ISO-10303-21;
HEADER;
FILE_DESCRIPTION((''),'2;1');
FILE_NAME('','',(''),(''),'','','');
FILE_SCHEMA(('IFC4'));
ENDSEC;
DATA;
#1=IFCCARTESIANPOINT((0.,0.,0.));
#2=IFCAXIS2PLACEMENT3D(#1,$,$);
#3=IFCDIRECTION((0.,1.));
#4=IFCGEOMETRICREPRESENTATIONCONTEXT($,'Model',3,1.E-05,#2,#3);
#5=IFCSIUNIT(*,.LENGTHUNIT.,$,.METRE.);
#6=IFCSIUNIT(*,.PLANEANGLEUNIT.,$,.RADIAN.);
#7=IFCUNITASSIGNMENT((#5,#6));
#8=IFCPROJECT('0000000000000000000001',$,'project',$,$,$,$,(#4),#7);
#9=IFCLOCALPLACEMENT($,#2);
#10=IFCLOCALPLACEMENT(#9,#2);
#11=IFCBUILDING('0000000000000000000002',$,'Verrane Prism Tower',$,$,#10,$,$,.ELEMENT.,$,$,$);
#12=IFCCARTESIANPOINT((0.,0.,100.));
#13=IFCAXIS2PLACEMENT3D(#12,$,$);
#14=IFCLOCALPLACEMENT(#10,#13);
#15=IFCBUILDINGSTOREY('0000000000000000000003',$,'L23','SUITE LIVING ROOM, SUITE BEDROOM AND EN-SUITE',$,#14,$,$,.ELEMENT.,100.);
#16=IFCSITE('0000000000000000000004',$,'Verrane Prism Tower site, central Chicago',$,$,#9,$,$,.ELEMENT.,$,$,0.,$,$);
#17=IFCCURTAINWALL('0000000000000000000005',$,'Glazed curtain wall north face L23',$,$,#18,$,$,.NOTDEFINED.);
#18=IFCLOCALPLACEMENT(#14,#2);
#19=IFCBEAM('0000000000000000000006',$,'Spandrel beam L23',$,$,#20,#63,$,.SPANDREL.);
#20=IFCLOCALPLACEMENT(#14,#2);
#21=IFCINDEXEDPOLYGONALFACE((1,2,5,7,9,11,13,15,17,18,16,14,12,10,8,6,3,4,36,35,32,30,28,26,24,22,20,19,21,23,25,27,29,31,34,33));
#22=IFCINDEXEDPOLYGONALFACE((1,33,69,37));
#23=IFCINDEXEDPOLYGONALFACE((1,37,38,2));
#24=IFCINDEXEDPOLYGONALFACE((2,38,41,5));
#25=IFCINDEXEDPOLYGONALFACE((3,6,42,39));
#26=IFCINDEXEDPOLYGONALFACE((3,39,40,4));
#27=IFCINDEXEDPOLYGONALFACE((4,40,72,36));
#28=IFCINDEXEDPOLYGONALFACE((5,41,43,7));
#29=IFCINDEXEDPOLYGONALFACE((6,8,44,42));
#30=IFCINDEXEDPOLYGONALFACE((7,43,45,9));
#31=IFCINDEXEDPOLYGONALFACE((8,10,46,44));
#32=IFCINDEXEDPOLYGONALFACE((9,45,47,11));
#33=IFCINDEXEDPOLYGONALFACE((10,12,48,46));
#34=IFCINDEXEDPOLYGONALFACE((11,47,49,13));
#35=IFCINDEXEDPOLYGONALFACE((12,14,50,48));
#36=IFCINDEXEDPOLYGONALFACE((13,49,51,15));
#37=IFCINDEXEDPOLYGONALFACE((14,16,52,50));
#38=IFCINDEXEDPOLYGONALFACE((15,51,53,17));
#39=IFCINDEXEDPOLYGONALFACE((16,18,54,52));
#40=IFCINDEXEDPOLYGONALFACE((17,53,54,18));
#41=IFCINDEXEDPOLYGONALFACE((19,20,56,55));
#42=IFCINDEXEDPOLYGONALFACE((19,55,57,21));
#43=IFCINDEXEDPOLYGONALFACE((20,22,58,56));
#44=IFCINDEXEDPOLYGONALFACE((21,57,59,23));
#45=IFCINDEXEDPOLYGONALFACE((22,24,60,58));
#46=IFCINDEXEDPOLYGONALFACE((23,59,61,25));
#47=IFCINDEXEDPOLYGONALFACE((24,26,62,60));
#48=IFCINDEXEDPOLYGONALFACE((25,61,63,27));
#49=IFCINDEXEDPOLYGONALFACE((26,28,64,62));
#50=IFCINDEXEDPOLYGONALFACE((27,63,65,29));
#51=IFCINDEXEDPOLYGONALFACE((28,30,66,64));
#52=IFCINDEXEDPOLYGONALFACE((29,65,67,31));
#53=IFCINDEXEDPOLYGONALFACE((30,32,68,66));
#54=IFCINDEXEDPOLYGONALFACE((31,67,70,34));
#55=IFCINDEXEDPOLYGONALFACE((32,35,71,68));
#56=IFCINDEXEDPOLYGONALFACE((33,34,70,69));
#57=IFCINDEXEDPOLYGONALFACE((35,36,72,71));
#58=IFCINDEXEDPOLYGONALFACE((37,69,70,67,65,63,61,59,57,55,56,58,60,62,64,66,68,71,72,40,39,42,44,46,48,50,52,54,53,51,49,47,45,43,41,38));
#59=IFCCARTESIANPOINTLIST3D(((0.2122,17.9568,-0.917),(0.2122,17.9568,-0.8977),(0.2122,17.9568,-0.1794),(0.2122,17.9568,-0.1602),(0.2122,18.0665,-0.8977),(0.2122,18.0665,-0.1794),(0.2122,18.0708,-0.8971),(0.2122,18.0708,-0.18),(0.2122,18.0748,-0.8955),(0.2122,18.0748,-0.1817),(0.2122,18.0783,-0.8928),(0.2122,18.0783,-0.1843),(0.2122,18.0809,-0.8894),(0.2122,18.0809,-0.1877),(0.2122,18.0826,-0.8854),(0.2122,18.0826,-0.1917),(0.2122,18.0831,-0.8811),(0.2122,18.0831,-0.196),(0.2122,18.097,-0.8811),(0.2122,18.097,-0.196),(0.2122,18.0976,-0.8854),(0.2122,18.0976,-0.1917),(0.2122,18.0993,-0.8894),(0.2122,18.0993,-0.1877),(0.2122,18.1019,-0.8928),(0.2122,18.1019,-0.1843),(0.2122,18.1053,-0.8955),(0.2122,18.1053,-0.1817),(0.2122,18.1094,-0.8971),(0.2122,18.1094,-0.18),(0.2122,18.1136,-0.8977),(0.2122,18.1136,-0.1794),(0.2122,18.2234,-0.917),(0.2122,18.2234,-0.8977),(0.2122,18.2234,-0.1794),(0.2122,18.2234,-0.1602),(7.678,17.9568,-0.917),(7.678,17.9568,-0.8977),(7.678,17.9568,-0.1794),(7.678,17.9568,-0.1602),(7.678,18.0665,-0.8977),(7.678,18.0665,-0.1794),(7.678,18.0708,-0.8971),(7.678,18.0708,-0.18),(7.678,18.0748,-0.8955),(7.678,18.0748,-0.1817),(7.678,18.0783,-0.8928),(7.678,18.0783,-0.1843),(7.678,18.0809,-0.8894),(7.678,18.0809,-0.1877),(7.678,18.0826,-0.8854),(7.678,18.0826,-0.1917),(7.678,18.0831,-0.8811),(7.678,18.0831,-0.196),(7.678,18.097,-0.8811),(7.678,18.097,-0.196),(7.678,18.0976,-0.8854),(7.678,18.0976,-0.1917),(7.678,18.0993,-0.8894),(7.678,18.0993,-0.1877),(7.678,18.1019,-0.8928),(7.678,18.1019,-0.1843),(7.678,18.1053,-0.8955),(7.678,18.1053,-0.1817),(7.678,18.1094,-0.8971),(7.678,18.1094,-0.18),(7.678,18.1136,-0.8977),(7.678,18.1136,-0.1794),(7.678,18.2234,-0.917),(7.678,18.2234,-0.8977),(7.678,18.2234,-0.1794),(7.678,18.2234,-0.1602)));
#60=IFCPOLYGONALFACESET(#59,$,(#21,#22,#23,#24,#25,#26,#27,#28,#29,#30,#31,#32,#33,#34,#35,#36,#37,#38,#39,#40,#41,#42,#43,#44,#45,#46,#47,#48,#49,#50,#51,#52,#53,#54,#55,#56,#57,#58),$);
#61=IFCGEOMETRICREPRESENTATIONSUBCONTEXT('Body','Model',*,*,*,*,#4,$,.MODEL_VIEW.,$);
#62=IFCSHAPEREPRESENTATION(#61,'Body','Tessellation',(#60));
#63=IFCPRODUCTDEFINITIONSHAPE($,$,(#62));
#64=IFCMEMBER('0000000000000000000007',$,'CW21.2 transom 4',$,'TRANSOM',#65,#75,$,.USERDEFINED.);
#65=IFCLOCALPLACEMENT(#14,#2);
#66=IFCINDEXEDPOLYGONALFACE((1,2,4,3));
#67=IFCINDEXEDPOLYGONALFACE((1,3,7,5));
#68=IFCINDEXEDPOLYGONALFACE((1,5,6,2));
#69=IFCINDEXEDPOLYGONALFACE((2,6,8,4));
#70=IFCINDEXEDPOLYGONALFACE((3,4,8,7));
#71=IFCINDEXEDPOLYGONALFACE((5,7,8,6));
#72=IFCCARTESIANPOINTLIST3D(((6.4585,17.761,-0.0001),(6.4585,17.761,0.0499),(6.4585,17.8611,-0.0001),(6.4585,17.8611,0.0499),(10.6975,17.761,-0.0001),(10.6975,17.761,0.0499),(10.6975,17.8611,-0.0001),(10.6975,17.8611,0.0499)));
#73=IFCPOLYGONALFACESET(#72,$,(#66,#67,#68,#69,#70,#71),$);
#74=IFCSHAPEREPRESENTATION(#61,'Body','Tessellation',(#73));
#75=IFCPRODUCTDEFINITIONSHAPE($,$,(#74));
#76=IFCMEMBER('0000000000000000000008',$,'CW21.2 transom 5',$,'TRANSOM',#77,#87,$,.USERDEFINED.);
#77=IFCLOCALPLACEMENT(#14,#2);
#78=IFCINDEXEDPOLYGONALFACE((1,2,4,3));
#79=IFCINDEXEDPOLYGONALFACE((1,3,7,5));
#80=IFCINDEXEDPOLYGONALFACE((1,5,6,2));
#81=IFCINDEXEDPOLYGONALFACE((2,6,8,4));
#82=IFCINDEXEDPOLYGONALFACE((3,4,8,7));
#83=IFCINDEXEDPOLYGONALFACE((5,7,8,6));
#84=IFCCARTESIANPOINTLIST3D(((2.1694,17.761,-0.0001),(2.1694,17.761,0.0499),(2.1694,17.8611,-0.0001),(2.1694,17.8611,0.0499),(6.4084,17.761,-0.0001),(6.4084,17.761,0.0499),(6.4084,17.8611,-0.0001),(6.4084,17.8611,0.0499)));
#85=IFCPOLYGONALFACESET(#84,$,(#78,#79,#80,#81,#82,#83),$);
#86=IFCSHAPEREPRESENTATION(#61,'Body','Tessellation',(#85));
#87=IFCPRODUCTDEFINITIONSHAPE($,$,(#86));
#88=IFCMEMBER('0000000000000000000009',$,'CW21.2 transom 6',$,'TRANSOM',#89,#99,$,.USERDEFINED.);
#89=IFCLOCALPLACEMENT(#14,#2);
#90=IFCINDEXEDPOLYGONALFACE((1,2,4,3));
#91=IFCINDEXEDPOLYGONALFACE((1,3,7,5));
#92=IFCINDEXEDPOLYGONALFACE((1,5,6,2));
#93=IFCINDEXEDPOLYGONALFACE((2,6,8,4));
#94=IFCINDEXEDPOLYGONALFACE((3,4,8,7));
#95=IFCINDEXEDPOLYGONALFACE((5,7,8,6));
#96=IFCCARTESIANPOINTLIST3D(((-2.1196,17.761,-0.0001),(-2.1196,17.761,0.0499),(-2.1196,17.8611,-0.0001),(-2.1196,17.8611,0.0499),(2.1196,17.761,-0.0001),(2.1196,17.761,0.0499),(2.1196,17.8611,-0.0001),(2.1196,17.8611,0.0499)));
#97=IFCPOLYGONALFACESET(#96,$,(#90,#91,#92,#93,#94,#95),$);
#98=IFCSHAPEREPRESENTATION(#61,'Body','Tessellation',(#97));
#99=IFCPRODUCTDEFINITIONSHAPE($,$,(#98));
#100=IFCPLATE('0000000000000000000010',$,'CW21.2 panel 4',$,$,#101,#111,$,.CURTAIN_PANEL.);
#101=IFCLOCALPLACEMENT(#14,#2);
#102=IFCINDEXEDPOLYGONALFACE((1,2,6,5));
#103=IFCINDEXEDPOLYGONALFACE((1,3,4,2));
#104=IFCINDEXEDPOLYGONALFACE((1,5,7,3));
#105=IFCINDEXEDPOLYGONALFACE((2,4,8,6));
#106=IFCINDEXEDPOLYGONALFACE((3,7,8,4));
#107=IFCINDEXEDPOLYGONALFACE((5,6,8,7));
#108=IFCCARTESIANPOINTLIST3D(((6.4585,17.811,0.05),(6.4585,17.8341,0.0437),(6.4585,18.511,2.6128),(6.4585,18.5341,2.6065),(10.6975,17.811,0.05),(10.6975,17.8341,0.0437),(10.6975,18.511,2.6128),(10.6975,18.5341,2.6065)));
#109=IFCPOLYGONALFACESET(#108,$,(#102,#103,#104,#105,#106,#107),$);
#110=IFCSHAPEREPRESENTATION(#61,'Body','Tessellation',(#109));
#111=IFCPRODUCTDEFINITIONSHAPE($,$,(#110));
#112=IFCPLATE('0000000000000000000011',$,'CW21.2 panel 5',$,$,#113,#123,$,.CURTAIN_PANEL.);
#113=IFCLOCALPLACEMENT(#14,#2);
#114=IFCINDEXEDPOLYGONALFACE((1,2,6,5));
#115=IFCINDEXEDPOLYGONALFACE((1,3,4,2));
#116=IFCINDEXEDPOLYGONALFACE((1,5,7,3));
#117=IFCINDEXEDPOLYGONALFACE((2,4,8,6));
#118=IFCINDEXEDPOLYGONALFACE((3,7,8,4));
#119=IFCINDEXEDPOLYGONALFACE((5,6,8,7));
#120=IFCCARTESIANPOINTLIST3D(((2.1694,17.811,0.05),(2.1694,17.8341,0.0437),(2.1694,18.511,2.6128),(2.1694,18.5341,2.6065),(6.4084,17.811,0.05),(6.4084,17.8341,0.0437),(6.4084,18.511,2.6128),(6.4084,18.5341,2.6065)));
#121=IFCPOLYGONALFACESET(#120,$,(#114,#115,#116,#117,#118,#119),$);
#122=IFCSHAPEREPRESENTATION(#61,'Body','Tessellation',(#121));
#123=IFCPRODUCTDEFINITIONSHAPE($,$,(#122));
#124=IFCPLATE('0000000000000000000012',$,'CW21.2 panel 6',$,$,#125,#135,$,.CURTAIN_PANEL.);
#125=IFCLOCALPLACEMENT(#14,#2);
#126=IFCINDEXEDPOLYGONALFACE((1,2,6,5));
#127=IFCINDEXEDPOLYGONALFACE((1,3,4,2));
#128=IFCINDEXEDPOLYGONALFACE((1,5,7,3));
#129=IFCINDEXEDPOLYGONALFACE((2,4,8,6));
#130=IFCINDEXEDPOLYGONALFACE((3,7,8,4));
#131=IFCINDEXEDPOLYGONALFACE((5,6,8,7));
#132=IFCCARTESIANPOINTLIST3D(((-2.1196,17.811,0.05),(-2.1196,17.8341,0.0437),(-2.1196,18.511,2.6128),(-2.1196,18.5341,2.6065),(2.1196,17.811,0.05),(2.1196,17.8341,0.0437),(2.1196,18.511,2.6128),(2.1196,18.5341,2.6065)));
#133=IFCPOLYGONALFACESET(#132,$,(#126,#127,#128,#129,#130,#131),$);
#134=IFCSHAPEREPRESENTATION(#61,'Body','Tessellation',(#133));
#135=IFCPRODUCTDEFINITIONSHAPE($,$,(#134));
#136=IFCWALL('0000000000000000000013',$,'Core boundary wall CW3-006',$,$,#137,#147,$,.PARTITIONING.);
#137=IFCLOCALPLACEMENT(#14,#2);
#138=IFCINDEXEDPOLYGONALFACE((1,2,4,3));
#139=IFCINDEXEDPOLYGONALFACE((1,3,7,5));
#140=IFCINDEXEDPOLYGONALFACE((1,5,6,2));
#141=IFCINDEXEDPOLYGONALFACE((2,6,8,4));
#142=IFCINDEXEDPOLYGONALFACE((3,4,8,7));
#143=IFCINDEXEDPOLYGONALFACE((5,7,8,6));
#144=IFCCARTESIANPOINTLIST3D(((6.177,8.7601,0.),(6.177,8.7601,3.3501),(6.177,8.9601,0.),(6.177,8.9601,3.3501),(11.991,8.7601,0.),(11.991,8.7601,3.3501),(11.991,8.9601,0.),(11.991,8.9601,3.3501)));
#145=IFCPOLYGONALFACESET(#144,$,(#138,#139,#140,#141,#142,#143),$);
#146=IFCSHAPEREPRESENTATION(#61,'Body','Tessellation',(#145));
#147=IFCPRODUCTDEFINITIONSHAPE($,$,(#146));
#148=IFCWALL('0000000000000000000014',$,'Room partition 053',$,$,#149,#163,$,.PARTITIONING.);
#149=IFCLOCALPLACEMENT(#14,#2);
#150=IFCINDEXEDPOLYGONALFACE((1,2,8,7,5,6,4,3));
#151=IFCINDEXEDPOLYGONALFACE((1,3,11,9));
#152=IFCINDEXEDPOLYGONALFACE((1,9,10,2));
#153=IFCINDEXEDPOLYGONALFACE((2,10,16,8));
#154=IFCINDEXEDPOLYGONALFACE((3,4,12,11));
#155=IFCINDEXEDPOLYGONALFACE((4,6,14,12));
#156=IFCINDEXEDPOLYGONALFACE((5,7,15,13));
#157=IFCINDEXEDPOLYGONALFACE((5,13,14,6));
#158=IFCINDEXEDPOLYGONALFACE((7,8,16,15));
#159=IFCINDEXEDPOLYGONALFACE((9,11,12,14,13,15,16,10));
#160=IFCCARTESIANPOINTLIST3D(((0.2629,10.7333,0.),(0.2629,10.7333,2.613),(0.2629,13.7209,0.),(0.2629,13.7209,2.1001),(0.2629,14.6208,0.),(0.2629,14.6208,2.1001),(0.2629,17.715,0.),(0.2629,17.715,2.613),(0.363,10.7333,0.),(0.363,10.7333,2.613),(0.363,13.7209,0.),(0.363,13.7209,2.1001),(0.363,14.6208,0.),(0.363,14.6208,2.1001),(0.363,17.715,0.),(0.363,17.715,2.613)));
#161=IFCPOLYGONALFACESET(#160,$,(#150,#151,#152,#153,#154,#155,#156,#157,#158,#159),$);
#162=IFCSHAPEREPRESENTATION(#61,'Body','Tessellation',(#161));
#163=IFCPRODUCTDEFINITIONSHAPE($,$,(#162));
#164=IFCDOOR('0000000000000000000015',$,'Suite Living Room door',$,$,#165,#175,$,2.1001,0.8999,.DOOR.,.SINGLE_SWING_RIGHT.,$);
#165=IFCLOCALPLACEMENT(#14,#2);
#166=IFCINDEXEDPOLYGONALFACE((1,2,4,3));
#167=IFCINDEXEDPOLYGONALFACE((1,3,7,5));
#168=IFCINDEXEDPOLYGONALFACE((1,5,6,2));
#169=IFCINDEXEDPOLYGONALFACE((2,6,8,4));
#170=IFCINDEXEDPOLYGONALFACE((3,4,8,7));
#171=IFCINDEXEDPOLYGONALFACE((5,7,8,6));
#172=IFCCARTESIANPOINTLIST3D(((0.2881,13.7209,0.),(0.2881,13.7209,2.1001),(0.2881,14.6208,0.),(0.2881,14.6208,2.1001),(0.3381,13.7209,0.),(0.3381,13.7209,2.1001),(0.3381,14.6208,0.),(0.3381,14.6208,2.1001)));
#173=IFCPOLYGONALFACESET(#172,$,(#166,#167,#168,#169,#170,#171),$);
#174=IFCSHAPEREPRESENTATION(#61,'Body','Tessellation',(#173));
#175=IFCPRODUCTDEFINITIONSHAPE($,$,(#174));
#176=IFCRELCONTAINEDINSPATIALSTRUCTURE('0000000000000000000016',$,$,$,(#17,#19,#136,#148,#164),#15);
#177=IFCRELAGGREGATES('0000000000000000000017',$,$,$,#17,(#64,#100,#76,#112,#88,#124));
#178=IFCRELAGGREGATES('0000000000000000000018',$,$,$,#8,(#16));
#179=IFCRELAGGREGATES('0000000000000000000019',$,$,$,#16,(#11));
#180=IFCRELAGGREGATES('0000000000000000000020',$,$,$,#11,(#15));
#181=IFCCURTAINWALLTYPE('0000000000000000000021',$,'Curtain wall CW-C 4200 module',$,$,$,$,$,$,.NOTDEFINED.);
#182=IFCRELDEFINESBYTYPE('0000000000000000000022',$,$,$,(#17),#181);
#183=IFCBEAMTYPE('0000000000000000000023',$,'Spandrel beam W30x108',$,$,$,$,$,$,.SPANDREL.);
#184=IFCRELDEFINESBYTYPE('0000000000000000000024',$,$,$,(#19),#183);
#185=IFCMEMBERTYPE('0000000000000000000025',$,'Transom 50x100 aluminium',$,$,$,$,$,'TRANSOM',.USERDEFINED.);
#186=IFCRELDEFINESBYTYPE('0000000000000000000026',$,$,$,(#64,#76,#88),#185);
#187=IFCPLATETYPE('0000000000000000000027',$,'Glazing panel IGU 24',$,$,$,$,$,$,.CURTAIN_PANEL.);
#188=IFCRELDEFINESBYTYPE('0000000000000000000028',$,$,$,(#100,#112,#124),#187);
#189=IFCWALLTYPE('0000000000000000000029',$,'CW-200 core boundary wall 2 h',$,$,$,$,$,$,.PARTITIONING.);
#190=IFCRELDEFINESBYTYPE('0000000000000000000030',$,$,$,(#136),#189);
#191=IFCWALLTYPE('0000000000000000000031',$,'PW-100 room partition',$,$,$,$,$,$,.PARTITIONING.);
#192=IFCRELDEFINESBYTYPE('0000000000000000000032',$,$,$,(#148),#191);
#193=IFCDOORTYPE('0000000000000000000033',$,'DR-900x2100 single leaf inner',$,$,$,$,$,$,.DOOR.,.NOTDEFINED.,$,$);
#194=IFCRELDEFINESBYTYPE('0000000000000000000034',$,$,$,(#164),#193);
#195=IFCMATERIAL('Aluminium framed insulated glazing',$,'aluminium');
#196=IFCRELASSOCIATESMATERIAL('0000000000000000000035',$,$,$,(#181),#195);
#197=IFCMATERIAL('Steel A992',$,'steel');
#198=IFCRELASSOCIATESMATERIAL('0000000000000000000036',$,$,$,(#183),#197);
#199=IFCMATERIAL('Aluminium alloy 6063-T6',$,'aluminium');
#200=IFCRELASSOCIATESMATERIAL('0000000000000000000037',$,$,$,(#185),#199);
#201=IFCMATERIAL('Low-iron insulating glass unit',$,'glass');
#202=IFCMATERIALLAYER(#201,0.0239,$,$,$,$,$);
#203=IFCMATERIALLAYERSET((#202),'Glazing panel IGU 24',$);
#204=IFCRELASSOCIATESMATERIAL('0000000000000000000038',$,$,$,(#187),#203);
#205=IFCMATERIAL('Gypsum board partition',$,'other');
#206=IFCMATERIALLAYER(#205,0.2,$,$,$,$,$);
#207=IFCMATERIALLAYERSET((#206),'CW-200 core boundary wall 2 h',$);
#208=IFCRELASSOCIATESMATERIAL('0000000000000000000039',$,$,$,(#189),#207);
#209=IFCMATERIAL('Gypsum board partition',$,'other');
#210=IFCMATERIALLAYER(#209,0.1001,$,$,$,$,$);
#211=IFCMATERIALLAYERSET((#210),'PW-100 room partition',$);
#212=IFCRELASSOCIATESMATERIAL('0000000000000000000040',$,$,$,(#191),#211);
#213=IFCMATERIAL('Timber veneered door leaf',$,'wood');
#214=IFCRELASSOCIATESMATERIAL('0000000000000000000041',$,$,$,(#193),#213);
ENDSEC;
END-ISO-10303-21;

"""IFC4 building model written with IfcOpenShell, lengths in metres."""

from ifc_helpers import new_model, si_unit, direction, frame, frame_2d, origin, origin_2d, place, context, subcontext, project, spatial, polyline, rectangle, i_section, outline, extrude, material, layer, layer_set, material_profile, profile_set, type_object, element, fill, aggregate, save


model = new_model("IFC4")

# Units and contexts
model_context = context("Model", 3, precision=1e-05, world=origin(), true_north=direction((0.0, 1.0)))
body_context = subcontext(model_context, "Body", "Model", "MODEL_VIEW")
ifc_project = project(units=[si_unit("LENGTHUNIT", "METRE"), si_unit("PLANEANGLEUNIT", "RADIAN")], contexts=[model_context])

# Site, building, storey
site_placement = place(None, origin())
site = spatial("IfcSite", under=ifc_project, at=site_placement, Name="Verrane Prism Tower site, central Chicago", CompositionType="ELEMENT", RefElevation=0.0)
building_placement = place(site_placement, origin())
building = spatial("IfcBuilding", under=site, at=building_placement, Name="Verrane Prism Tower", CompositionType="ELEMENT")
storey_placement = place(building_placement, frame((0.0, 0.0, 100.0)))
storey = spatial("IfcBuildingStorey", under=building, at=storey_placement, Name="L23", Description="SUITE LIVING ROOM, SUITE BEDROOM AND EN-SUITE", CompositionType="ELEMENT", Elevation=100.0)

# Curtain wall
ifc_material_1 = material(Name="Aluminium framed insulated glazing", Category="aluminium")
curtain_wall_type = type_object("IfcCurtainWallType", Name="Curtain wall CW-C 4200 module", PredefinedType="NOTDEFINED", material=ifc_material_1)
curtain_wall_placement = place(storey_placement, origin())
curtain_wall = element("IfcCurtainWall", 1, at=curtain_wall_placement, inside=storey, type_object=curtain_wall_type, Name="Glazed curtain wall north face L23", PredefinedType="NOTDEFINED")

# Beam
ifc_material_2 = material(Name="Steel A992", Category="steel")
ifc_material_profile_1 = material_profile(ifc_material_2, i_section(OverallWidth=0.2666, OverallDepth=0.7568, WebThickness=0.0139, FlangeThickness=0.0193, FilletRadius=0.0166, at=origin_2d()), Name="W30x108")
ifc_profile_set_1 = profile_set([ifc_material_profile_1], Name="Steel A992")
beam_type_1 = type_object("IfcBeamType", Name="Spandrel beam W30x108", PredefinedType="SPANDREL", material=ifc_profile_set_1)
beam_1_placement = place(storey_placement, frame((7.678, 18.0901, -0.5386), z_axis=(-1.0, 0.0, 0.0), x_axis=(0.0, -1.0, 0.0)))
element("IfcBeam", 2, at=beam_1_placement, inside=storey, type_object=beam_type_1, Name="Spandrel beam L23", PredefinedType="SPANDREL", context=body_context, shape_type="SweptSolid", body=[
    extrude(i_section(OverallWidth=0.2666, OverallDepth=0.7568, WebThickness=0.0139, FlangeThickness=0.0193, FilletRadius=0.0166, at=origin_2d()), origin(), (0.0, 0.0, 1.0), 7.4658),
])

# Members
ifc_material_3 = material(Name="Aluminium alloy 6063-T6", Category="aluminium")
ifc_material_profile_2 = material_profile(ifc_material_3, rectangle(XDim=0.1001, YDim=0.05, at=origin_2d()), Name="Transom 50x100 aluminium")
ifc_profile_set_2 = profile_set([ifc_material_profile_2], Name="Aluminium alloy 6063-T6")
member_type_1 = type_object("IfcMemberType", Name="Transom 50x100 aluminium", ElementType="TRANSOM", PredefinedType="USERDEFINED", material=ifc_profile_set_2)
member_1_placement = place(storey_placement, frame((10.6975, 17.811, 0.0249), z_axis=(-1.0, 0.0, 0.0), x_axis=(0.0, -1.0, 0.0)))
member_1 = element("IfcMember", 3, at=member_1_placement, type_object=member_type_1, Name="CW21.2 transom 4", ObjectType="TRANSOM", PredefinedType="USERDEFINED", context=body_context, shape_type="SweptSolid", body=[
    extrude(rectangle(XDim=0.1001, YDim=0.05, at=origin_2d()), origin(), (0.0, 0.0, 1.0), 4.239),
])
member_2_placement = place(storey_placement, frame((6.4084, 17.811, 0.0249), z_axis=(-1.0, 0.0, 0.0), x_axis=(0.0, -1.0, 0.0)))
member_2 = element("IfcMember", 4, at=member_2_placement, type_object=member_type_1, Name="CW21.2 transom 5", ObjectType="TRANSOM", PredefinedType="USERDEFINED", context=body_context, shape_type="SweptSolid", body=[
    extrude(rectangle(XDim=0.1001, YDim=0.05, at=origin_2d()), origin(), (0.0, 0.0, 1.0), 4.239),
])
member_3_placement = place(storey_placement, frame((2.1196, 17.811, 0.0249), z_axis=(-1.0, 0.0, 0.0), x_axis=(0.0, -1.0, 0.0)))
member_3 = element("IfcMember", 5, at=member_3_placement, type_object=member_type_1, Name="CW21.2 transom 6", ObjectType="TRANSOM", PredefinedType="USERDEFINED", context=body_context, shape_type="SweptSolid", body=[
    extrude(rectangle(XDim=0.1001, YDim=0.05, at=origin_2d()), origin(), (0.0, 0.0, 1.0), 4.2393),
])

# Plates
ifc_material_4 = material(Name="Low-iron insulating glass unit", Category="glass")
ifc_layer_1 = layer(ifc_material_4, 0.0239)
ifc_layer_set_1 = layer_set([ifc_layer_1], Name="Glazing panel IGU 24")
plate_type = type_object("IfcPlateType", Name="Glazing panel IGU 24", PredefinedType="CURTAIN_PANEL", material=ifc_layer_set_1)
plate_1_placement = place(storey_placement, frame((10.6975, 17.811, 0.05), z_axis=(0.0, -0.964666, 0.263475), x_axis=(-1.0, 0.0, 0.0)))
plate_1 = element("IfcPlate", 6, at=plate_1_placement, type_object=plate_type, Name="CW21.2 panel 4", PredefinedType="CURTAIN_PANEL", context=body_context, shape_type="SweptSolid", body=[
    extrude(outline(polyline([(0.0, 0.0), (4.239, 0.0), (4.239, -2.6566), (0.0, -2.6566), (0.0, 0.0)])), origin(), (0.0, 0.0, -1.0), 0.0239),
])
plate_2_placement = place(storey_placement, frame((6.4084, 17.811, 0.05), z_axis=(0.0, -0.964666, 0.263475), x_axis=(-1.0, 0.0, 0.0)))
plate_2 = element("IfcPlate", 7, at=plate_2_placement, type_object=plate_type, Name="CW21.2 panel 5", PredefinedType="CURTAIN_PANEL", context=body_context, shape_type="SweptSolid", body=[
    extrude(outline(polyline([(0.0, 0.0), (4.239, 0.0), (4.239, -2.6566), (0.0, -2.6566), (0.0, 0.0)])), origin(), (0.0, 0.0, -1.0), 0.0239),
])
plate_3_placement = place(storey_placement, frame((2.1196, 17.811, 0.05), z_axis=(0.0, -0.964666, 0.263475), x_axis=(-1.0, 0.0, 0.0)))
plate_3 = element("IfcPlate", 8, at=plate_3_placement, type_object=plate_type, Name="CW21.2 panel 6", PredefinedType="CURTAIN_PANEL", context=body_context, shape_type="SweptSolid", body=[
    extrude(outline(polyline([(0.0, 0.0), (4.2393, 0.0), (4.2393, -2.6566), (0.0, -2.6566), (0.0, 0.0)])), origin(), (0.0, 0.0, -1.0), 0.0239),
])
aggregate(curtain_wall, [member_1, plate_1, member_2, plate_2, member_3, plate_3])

# Wall
ifc_material_5 = material(Name="Gypsum board partition", Category="other")
ifc_layer_2 = layer(ifc_material_5, 0.2)
ifc_layer_set_2 = layer_set([ifc_layer_2], Name="CW-200 core boundary wall 2 h")
wall_type_1 = type_object("IfcWallType", Name="CW-200 core boundary wall 2 h", PredefinedType="PARTITIONING", material=ifc_layer_set_2)
wall_1_placement = place(storey_placement, frame((6.177, 8.8601, 0.0), z_axis=(0.0, 0.0, 1.0), x_axis=(1.0, 0.0, 0.0)))
element("IfcWall", 9, at=wall_1_placement, inside=storey, type_object=wall_type_1, Name="Core boundary wall CW3-006", PredefinedType="PARTITIONING", context=body_context, shape_type="SweptSolid", body=[
    extrude(rectangle(XDim=5.814, YDim=0.2, at=frame_2d((2.907, 0.0))), origin(), (0.0, 0.0, 1.0), 3.3501),
])

# Wall, opening, door
ifc_material_6 = material(Name="Gypsum board partition", Category="other")
ifc_layer_3 = layer(ifc_material_6, 0.1001)
ifc_layer_set_3 = layer_set([ifc_layer_3], Name="PW-100 room partition")
wall_type_2 = type_object("IfcWallType", Name="PW-100 room partition", PredefinedType="PARTITIONING", material=ifc_layer_set_3)
wall_2_placement = place(storey_placement, frame((0.313, 10.7334, 0.0), z_axis=(0.0, 0.0, 1.0), x_axis=(0.0, 1.0, 0.0)))
wall_2 = element("IfcWall", 10, at=wall_2_placement, inside=storey, type_object=wall_type_2, Name="Room partition 053", PredefinedType="PARTITIONING", context=body_context, shape_type="SweptSolid", body=[
    extrude(rectangle(XDim=6.9817, YDim=0.1001, at=frame_2d((3.4907, 0.0))), origin(), (0.0, 0.0, 1.0), 2.613),
])
opening_1_placement = place(wall_2_placement, frame((2.9875, 0.0, 0.0)))
opening_1 = element("IfcOpeningElement", 11, at=opening_1_placement, cuts=wall_2, PredefinedType="OPENING", context=body_context, shape_type="SweptSolid", body=[
    extrude(rectangle(XDim=0.8999, YDim=2.1001, at=frame_2d((0.45, 1.05))), frame((0.0, 0.0601, 0.0), z_axis=(0.0, -1.0, 0.0), x_axis=(1.0, 0.0, 0.0)), (0.0, 0.0, 1.0), 0.1201),
])
ifc_material_7 = material(Name="Timber veneered door leaf", Category="wood")
door_type_1 = type_object("IfcDoorType", Name="DR-900x2100 single leaf inner", OperationType="NOTDEFINED", PredefinedType="DOOR", material=ifc_material_7)
door_1_placement = place(opening_1_placement, origin())
door_1 = element("IfcDoor", 12, at=door_1_placement, inside=storey, type_object=door_type_1, Name="Suite Living Room door", OperationType="SINGLE_SWING_RIGHT", OverallHeight=2.1001, OverallWidth=0.8999, PredefinedType="DOOR", context=body_context, shape_type="SweptSolid", body=[
    extrude(rectangle(XDim=0.8999, YDim=2.1001, at=frame_2d((0.45, 1.05))), frame((0.0, 0.0249, 0.0), z_axis=(0.0, -1.0, 0.0), x_axis=(1.0, 0.0, 0.0)), (0.0, 0.0, 1.0), 0.05),
])
fill(opening_1, door_1)

save(model, "model.ifc")
